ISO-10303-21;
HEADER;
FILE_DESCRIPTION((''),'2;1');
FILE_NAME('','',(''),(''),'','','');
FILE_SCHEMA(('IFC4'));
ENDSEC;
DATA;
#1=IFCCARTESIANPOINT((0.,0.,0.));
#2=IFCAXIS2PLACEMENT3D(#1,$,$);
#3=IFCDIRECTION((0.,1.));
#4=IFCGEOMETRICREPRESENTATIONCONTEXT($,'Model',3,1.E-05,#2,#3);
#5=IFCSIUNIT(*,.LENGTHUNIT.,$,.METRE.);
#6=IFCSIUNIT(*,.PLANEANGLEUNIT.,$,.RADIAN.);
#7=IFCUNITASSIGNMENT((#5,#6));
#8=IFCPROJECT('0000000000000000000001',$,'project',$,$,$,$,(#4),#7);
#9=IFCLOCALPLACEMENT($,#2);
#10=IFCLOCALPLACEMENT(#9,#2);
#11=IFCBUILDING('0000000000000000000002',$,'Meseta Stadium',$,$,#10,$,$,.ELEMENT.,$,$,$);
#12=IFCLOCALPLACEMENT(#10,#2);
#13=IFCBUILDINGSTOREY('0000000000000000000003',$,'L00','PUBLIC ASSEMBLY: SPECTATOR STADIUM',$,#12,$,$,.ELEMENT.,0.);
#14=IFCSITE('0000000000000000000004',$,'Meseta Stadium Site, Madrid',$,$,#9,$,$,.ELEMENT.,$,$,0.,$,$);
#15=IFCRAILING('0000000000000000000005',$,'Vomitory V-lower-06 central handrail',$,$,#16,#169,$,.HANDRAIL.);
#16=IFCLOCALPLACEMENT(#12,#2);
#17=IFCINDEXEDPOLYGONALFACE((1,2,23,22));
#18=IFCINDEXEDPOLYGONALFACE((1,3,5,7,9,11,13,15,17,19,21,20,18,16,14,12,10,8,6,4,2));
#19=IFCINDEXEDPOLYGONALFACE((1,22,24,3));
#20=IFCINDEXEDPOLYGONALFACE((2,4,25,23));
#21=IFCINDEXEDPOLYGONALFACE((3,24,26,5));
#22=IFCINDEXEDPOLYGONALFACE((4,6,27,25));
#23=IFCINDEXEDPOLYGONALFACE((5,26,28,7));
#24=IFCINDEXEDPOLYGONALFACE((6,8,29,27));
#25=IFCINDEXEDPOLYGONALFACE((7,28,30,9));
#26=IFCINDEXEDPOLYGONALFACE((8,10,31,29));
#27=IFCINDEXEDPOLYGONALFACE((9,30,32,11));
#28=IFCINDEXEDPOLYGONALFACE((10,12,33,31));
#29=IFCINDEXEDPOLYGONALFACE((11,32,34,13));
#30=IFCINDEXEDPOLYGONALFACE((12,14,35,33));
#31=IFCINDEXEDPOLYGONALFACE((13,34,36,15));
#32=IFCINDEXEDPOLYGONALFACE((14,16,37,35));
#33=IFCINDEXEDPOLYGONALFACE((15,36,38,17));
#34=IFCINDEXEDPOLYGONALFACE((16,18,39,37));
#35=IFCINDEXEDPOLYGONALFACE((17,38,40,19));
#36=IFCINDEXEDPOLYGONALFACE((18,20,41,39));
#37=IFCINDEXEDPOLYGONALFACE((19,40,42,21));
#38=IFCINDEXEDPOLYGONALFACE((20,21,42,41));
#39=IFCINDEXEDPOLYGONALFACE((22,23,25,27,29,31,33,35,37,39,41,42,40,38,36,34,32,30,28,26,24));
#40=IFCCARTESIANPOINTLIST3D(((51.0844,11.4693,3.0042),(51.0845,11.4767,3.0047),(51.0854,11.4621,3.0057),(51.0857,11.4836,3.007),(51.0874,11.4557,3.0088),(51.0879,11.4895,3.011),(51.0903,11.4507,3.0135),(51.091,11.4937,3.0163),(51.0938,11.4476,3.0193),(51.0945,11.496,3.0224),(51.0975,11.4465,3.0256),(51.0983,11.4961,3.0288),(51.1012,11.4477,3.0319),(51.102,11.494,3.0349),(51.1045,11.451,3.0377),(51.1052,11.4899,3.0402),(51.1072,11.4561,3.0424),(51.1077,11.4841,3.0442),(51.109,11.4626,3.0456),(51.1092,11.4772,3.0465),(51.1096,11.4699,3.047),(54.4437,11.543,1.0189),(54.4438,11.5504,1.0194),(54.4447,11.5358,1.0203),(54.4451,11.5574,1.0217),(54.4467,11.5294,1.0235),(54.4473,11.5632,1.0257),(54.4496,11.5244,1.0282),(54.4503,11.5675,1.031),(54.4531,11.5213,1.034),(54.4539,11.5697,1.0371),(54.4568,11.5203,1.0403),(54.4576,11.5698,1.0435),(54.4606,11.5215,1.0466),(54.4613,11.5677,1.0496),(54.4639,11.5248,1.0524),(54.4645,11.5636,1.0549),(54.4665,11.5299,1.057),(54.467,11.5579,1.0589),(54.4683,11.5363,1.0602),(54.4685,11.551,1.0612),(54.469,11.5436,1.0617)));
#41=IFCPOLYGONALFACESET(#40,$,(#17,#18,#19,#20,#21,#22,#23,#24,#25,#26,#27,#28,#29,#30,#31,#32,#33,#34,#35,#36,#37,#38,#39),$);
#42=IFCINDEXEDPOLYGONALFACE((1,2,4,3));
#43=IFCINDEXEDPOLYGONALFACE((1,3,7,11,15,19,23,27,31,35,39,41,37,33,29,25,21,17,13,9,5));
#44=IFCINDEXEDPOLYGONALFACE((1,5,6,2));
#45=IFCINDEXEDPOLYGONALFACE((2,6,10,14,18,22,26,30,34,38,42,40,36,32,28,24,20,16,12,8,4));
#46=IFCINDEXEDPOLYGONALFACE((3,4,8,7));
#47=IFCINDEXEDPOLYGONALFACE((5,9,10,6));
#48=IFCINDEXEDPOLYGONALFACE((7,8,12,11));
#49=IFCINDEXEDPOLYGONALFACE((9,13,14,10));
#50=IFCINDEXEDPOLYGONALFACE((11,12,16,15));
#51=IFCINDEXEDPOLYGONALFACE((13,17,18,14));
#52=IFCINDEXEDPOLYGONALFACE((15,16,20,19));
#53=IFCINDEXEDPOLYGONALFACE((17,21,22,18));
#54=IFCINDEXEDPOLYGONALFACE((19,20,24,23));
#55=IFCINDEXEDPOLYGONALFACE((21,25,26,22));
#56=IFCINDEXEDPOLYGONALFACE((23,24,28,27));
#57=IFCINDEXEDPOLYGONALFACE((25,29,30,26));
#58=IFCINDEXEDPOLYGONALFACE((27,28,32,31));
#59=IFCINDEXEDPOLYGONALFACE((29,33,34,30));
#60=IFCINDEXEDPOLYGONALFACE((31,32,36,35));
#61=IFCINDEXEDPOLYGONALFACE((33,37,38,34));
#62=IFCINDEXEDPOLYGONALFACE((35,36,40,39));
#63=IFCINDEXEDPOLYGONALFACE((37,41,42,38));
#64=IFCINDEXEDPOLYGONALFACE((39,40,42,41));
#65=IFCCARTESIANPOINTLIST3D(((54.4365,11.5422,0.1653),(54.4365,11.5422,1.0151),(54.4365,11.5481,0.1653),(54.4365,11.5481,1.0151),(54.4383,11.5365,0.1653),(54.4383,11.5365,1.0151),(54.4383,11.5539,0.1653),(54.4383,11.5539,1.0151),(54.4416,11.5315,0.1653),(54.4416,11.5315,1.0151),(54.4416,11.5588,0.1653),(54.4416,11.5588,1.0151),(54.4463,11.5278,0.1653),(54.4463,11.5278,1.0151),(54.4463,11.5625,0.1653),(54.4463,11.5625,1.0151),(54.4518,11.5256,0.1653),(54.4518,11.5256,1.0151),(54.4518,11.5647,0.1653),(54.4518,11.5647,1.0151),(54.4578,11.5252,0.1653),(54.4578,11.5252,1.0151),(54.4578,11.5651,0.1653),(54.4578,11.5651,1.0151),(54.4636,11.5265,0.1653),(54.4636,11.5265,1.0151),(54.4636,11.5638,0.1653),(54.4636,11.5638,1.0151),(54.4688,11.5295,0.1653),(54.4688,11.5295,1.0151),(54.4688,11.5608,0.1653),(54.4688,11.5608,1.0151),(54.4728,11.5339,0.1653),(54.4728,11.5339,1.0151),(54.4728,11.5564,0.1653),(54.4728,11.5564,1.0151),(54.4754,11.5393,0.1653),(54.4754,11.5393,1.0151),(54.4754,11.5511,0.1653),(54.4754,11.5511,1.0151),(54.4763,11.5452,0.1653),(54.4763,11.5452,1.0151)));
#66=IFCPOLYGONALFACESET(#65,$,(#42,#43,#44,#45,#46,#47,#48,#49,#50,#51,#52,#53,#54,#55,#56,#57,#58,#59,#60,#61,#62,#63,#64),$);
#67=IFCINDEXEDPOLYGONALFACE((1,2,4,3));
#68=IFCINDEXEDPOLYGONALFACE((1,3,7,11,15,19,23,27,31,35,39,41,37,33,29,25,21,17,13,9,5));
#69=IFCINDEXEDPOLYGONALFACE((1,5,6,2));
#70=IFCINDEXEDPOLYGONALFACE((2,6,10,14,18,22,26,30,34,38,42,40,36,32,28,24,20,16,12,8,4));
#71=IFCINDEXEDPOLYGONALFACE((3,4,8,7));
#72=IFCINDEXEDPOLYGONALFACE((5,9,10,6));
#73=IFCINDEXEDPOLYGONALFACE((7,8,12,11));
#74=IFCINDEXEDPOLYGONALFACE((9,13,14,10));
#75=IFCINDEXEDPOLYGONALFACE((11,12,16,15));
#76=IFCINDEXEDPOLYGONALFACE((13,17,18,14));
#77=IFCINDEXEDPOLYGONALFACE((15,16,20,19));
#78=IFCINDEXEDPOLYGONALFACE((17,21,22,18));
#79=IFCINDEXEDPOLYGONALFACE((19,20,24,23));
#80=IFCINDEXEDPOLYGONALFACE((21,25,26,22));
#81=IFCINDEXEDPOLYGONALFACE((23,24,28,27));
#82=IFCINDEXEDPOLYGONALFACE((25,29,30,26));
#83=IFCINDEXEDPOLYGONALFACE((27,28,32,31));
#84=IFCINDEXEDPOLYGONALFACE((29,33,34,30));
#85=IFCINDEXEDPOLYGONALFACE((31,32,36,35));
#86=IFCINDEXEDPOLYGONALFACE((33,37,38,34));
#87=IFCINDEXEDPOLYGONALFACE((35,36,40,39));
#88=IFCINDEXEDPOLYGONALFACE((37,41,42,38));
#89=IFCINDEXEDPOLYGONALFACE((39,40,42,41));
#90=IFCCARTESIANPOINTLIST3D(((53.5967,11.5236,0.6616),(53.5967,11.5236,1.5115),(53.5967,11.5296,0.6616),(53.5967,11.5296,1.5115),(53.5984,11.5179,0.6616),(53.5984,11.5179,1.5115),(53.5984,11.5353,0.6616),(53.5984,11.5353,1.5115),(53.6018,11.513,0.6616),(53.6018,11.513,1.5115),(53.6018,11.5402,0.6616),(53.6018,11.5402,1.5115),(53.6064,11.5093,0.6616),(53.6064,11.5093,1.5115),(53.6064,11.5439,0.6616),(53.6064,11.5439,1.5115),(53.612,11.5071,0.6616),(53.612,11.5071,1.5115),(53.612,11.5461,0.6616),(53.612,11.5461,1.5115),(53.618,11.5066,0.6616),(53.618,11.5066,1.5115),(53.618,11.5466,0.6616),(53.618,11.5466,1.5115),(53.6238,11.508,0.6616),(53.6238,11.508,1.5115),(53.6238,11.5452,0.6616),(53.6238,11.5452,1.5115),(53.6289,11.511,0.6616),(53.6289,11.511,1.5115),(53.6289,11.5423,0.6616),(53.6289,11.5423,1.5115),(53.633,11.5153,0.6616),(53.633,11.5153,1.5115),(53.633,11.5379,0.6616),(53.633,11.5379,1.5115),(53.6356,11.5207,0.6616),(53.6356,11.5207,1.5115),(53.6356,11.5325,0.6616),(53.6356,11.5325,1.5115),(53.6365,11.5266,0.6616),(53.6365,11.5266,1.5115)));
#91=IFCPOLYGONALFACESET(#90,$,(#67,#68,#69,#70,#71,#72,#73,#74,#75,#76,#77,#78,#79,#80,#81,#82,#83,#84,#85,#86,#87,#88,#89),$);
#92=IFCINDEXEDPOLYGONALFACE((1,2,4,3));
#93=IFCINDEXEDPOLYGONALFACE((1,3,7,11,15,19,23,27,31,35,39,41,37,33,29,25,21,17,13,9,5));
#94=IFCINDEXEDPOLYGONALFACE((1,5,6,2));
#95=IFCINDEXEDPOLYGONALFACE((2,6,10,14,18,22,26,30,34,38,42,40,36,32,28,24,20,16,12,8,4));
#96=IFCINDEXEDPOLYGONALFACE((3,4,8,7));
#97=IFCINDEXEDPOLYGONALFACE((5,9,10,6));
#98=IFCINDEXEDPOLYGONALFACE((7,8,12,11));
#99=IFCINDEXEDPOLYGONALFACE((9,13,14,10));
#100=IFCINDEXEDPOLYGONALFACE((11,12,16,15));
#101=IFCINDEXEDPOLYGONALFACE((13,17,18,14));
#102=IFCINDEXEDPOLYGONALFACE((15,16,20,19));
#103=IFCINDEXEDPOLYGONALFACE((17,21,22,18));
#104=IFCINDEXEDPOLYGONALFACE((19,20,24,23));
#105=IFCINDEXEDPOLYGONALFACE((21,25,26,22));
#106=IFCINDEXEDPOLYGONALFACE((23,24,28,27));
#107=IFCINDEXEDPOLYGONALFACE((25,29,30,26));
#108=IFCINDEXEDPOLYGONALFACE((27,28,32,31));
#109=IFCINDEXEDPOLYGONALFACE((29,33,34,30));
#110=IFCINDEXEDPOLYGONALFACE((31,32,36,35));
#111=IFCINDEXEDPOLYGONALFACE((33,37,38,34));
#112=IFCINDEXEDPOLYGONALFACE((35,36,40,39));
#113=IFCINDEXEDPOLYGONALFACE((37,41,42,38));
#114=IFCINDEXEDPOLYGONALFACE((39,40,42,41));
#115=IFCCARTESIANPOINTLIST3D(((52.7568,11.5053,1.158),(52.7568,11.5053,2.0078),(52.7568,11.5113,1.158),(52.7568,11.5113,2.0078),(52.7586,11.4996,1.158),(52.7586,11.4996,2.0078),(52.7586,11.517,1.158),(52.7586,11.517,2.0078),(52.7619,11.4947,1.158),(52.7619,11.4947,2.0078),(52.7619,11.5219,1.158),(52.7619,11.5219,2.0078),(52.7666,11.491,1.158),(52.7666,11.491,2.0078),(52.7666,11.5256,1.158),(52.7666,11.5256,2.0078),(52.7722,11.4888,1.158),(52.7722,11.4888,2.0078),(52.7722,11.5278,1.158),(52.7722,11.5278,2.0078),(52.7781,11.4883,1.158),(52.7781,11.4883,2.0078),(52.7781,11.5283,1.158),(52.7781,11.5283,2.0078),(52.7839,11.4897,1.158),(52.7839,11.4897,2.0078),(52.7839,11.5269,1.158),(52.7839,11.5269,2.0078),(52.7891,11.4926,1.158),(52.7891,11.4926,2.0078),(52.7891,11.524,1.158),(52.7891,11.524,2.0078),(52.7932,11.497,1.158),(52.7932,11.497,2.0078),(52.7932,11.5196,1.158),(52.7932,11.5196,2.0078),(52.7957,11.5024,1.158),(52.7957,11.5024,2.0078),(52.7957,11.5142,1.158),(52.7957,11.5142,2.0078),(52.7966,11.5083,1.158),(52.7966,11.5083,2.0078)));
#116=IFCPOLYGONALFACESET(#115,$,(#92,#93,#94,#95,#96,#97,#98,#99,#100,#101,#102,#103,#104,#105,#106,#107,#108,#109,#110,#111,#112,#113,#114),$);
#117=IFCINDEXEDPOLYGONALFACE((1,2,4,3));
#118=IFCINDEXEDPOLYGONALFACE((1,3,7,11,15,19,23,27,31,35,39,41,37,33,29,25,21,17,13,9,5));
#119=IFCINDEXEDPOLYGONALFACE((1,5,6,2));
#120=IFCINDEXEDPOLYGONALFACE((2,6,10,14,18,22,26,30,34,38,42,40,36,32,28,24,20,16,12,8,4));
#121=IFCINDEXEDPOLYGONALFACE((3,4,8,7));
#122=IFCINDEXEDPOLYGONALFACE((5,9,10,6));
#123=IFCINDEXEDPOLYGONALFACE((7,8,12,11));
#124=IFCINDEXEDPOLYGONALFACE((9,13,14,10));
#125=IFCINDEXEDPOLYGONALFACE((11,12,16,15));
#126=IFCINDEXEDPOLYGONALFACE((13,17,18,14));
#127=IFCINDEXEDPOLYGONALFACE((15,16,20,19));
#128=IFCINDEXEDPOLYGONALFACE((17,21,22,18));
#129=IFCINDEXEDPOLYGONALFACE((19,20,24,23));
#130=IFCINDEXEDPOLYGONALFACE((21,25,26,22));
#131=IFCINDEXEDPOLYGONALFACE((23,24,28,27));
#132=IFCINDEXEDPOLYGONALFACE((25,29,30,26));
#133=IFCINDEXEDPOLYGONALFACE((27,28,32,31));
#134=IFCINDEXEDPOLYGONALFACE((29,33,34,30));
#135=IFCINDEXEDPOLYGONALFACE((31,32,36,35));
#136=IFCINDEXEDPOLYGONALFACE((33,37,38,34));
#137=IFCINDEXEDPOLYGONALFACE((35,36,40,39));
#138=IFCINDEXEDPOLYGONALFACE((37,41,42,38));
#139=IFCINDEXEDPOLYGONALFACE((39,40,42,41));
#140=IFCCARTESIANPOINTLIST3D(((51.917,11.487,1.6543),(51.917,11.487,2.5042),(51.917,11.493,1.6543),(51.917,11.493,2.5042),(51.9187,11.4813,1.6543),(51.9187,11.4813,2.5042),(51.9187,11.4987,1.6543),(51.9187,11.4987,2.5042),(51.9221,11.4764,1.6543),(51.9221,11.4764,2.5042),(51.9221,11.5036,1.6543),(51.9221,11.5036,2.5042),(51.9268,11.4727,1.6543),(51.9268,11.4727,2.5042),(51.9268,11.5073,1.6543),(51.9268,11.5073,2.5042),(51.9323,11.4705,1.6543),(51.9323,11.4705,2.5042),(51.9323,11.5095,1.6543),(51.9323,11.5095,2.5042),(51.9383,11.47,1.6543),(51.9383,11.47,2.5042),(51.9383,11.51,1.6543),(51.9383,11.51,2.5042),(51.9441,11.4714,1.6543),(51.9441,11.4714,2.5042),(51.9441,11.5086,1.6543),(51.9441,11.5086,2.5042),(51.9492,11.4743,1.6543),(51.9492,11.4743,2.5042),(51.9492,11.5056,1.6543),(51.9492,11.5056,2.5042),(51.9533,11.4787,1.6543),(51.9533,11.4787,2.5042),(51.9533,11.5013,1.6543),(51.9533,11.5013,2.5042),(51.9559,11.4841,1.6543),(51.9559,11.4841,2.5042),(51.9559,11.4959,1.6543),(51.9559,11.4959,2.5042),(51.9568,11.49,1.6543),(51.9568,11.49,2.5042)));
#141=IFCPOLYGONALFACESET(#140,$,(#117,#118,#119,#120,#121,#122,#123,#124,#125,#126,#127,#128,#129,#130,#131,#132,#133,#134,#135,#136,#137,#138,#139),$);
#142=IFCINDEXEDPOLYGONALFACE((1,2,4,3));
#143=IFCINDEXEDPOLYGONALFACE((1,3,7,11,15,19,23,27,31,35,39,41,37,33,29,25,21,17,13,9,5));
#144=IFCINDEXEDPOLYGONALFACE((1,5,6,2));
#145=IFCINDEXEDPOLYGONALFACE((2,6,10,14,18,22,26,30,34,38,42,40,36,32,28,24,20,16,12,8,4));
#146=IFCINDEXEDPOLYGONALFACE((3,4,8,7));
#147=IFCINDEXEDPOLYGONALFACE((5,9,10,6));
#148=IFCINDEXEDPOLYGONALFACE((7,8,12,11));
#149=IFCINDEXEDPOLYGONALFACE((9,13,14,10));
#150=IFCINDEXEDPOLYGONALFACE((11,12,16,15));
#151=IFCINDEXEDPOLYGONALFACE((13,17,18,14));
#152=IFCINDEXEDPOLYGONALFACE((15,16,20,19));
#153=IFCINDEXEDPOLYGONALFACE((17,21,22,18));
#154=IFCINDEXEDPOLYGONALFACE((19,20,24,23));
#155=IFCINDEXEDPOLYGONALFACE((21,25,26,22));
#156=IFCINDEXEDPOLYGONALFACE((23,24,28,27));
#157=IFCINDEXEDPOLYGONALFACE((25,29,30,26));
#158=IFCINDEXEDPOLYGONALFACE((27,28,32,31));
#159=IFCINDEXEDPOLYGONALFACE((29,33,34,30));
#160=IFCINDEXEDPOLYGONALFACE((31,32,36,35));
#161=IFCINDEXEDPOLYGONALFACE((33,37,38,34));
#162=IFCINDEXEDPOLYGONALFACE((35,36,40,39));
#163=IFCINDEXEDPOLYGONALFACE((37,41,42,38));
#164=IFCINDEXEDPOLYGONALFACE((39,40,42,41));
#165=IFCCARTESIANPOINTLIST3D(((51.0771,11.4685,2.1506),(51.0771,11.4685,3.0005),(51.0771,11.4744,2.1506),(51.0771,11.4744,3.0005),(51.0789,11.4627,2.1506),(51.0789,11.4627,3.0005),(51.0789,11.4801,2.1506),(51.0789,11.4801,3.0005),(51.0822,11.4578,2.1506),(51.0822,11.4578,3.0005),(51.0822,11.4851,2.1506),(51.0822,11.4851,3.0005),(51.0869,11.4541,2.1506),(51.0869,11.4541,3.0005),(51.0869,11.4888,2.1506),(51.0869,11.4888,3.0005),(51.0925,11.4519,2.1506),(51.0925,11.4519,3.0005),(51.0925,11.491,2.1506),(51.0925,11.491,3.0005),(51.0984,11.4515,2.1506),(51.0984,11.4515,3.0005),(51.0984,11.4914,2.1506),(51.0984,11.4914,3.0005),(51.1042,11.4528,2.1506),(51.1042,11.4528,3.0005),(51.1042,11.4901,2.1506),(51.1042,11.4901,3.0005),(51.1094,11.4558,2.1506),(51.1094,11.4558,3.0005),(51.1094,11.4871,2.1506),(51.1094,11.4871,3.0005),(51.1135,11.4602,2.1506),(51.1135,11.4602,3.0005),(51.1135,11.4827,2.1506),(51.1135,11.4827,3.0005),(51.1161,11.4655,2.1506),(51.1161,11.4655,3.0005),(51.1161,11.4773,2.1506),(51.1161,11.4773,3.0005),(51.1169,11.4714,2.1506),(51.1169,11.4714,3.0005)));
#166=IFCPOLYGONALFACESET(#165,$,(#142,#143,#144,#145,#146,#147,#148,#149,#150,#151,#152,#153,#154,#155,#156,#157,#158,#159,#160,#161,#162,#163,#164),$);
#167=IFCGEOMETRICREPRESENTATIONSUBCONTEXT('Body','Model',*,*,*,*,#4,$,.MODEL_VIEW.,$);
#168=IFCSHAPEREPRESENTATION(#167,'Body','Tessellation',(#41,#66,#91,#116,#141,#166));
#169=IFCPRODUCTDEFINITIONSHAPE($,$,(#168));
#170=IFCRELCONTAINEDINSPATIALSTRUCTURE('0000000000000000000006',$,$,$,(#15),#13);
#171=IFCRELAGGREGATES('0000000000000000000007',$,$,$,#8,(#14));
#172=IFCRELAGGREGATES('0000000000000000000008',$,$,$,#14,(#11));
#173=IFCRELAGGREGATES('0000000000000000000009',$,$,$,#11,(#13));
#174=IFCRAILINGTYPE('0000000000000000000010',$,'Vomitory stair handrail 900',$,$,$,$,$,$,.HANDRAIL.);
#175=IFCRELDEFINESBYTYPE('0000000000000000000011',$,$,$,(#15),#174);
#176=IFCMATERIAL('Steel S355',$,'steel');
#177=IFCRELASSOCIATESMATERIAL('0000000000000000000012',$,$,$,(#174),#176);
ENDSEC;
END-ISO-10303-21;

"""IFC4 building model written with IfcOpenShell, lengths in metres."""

from ifc_helpers import new_model, si_unit, direction, frame, origin, origin_2d, place, context, subcontext, project, spatial, circle, extrude, material, type_object, element, save


model = new_model("IFC4")

# Units and contexts
model_context = context("Model", 3, precision=1e-05, world=origin(), true_north=direction((0.0, 1.0)))
body_context = subcontext(model_context, "Body", "Model", "MODEL_VIEW")
ifc_project = project(units=[si_unit("LENGTHUNIT", "METRE"), si_unit("PLANEANGLEUNIT", "RADIAN")], contexts=[model_context])

# Site, building, storey
site_placement = place(None, origin())
site = spatial("IfcSite", under=ifc_project, at=site_placement, Name="Meseta Stadium Site, Madrid", CompositionType="ELEMENT", RefElevation=0.0)
building_placement = place(site_placement, origin())
building = spatial("IfcBuilding", under=site, at=building_placement, Name="Meseta Stadium", CompositionType="ELEMENT")
storey_placement = place(building_placement, origin())
storey = spatial("IfcBuildingStorey", under=building, at=storey_placement, Name="L00", Description="PUBLIC ASSEMBLY: SPECTATOR STADIUM", CompositionType="ELEMENT", Elevation=0.0)

# Railing
ifc_material_1 = material(Name="Steel S355", Category="steel")
railing_type_1 = type_object("IfcRailingType", Name="Vomitory stair handrail 900", PredefinedType="HANDRAIL", material=ifc_material_1)
railing_1_placement = place(storey_placement, frame((54.4563, 11.5452, 0.1653)))
element("IfcRailing", 1, at=railing_1_placement, inside=storey, type_object=railing_type_1, Name="Vomitory V-lower-06 central handrail", PredefinedType="HANDRAIL", context=body_context, shape_type="SweptSolid", body=[
    extrude(circle(Radius=0.0249, at=origin_2d()), frame((0.0, 0.0, 0.875), z_axis=(-0.860743, -0.018891, 0.508689), x_axis=(0.021942, -0.999759, 0.0)), (0.0, 0.0, 1.0), 3.9028),
    extrude(circle(Radius=0.02, at=origin_2d()), origin(), (0.0, 0.0, 1.0), 0.8499),
    extrude(circle(Radius=0.02, at=origin_2d()), frame((-0.8398, -0.0186, 0.4963)), (0.0, 0.0, 1.0), 0.8499),
    extrude(circle(Radius=0.02, at=origin_2d()), frame((-1.6797, -0.0369, 0.9927)), (0.0, 0.0, 1.0), 0.8499),
    extrude(circle(Radius=0.02, at=origin_2d()), frame((-2.5195, -0.0552, 1.489)), (0.0, 0.0, 1.0), 0.8499),
    extrude(circle(Radius=0.02, at=origin_2d()), frame((-3.3594, -0.0737, 1.9854)), (0.0, 0.0, 1.0), 0.8499),
])

save(model, "model.ifc")
